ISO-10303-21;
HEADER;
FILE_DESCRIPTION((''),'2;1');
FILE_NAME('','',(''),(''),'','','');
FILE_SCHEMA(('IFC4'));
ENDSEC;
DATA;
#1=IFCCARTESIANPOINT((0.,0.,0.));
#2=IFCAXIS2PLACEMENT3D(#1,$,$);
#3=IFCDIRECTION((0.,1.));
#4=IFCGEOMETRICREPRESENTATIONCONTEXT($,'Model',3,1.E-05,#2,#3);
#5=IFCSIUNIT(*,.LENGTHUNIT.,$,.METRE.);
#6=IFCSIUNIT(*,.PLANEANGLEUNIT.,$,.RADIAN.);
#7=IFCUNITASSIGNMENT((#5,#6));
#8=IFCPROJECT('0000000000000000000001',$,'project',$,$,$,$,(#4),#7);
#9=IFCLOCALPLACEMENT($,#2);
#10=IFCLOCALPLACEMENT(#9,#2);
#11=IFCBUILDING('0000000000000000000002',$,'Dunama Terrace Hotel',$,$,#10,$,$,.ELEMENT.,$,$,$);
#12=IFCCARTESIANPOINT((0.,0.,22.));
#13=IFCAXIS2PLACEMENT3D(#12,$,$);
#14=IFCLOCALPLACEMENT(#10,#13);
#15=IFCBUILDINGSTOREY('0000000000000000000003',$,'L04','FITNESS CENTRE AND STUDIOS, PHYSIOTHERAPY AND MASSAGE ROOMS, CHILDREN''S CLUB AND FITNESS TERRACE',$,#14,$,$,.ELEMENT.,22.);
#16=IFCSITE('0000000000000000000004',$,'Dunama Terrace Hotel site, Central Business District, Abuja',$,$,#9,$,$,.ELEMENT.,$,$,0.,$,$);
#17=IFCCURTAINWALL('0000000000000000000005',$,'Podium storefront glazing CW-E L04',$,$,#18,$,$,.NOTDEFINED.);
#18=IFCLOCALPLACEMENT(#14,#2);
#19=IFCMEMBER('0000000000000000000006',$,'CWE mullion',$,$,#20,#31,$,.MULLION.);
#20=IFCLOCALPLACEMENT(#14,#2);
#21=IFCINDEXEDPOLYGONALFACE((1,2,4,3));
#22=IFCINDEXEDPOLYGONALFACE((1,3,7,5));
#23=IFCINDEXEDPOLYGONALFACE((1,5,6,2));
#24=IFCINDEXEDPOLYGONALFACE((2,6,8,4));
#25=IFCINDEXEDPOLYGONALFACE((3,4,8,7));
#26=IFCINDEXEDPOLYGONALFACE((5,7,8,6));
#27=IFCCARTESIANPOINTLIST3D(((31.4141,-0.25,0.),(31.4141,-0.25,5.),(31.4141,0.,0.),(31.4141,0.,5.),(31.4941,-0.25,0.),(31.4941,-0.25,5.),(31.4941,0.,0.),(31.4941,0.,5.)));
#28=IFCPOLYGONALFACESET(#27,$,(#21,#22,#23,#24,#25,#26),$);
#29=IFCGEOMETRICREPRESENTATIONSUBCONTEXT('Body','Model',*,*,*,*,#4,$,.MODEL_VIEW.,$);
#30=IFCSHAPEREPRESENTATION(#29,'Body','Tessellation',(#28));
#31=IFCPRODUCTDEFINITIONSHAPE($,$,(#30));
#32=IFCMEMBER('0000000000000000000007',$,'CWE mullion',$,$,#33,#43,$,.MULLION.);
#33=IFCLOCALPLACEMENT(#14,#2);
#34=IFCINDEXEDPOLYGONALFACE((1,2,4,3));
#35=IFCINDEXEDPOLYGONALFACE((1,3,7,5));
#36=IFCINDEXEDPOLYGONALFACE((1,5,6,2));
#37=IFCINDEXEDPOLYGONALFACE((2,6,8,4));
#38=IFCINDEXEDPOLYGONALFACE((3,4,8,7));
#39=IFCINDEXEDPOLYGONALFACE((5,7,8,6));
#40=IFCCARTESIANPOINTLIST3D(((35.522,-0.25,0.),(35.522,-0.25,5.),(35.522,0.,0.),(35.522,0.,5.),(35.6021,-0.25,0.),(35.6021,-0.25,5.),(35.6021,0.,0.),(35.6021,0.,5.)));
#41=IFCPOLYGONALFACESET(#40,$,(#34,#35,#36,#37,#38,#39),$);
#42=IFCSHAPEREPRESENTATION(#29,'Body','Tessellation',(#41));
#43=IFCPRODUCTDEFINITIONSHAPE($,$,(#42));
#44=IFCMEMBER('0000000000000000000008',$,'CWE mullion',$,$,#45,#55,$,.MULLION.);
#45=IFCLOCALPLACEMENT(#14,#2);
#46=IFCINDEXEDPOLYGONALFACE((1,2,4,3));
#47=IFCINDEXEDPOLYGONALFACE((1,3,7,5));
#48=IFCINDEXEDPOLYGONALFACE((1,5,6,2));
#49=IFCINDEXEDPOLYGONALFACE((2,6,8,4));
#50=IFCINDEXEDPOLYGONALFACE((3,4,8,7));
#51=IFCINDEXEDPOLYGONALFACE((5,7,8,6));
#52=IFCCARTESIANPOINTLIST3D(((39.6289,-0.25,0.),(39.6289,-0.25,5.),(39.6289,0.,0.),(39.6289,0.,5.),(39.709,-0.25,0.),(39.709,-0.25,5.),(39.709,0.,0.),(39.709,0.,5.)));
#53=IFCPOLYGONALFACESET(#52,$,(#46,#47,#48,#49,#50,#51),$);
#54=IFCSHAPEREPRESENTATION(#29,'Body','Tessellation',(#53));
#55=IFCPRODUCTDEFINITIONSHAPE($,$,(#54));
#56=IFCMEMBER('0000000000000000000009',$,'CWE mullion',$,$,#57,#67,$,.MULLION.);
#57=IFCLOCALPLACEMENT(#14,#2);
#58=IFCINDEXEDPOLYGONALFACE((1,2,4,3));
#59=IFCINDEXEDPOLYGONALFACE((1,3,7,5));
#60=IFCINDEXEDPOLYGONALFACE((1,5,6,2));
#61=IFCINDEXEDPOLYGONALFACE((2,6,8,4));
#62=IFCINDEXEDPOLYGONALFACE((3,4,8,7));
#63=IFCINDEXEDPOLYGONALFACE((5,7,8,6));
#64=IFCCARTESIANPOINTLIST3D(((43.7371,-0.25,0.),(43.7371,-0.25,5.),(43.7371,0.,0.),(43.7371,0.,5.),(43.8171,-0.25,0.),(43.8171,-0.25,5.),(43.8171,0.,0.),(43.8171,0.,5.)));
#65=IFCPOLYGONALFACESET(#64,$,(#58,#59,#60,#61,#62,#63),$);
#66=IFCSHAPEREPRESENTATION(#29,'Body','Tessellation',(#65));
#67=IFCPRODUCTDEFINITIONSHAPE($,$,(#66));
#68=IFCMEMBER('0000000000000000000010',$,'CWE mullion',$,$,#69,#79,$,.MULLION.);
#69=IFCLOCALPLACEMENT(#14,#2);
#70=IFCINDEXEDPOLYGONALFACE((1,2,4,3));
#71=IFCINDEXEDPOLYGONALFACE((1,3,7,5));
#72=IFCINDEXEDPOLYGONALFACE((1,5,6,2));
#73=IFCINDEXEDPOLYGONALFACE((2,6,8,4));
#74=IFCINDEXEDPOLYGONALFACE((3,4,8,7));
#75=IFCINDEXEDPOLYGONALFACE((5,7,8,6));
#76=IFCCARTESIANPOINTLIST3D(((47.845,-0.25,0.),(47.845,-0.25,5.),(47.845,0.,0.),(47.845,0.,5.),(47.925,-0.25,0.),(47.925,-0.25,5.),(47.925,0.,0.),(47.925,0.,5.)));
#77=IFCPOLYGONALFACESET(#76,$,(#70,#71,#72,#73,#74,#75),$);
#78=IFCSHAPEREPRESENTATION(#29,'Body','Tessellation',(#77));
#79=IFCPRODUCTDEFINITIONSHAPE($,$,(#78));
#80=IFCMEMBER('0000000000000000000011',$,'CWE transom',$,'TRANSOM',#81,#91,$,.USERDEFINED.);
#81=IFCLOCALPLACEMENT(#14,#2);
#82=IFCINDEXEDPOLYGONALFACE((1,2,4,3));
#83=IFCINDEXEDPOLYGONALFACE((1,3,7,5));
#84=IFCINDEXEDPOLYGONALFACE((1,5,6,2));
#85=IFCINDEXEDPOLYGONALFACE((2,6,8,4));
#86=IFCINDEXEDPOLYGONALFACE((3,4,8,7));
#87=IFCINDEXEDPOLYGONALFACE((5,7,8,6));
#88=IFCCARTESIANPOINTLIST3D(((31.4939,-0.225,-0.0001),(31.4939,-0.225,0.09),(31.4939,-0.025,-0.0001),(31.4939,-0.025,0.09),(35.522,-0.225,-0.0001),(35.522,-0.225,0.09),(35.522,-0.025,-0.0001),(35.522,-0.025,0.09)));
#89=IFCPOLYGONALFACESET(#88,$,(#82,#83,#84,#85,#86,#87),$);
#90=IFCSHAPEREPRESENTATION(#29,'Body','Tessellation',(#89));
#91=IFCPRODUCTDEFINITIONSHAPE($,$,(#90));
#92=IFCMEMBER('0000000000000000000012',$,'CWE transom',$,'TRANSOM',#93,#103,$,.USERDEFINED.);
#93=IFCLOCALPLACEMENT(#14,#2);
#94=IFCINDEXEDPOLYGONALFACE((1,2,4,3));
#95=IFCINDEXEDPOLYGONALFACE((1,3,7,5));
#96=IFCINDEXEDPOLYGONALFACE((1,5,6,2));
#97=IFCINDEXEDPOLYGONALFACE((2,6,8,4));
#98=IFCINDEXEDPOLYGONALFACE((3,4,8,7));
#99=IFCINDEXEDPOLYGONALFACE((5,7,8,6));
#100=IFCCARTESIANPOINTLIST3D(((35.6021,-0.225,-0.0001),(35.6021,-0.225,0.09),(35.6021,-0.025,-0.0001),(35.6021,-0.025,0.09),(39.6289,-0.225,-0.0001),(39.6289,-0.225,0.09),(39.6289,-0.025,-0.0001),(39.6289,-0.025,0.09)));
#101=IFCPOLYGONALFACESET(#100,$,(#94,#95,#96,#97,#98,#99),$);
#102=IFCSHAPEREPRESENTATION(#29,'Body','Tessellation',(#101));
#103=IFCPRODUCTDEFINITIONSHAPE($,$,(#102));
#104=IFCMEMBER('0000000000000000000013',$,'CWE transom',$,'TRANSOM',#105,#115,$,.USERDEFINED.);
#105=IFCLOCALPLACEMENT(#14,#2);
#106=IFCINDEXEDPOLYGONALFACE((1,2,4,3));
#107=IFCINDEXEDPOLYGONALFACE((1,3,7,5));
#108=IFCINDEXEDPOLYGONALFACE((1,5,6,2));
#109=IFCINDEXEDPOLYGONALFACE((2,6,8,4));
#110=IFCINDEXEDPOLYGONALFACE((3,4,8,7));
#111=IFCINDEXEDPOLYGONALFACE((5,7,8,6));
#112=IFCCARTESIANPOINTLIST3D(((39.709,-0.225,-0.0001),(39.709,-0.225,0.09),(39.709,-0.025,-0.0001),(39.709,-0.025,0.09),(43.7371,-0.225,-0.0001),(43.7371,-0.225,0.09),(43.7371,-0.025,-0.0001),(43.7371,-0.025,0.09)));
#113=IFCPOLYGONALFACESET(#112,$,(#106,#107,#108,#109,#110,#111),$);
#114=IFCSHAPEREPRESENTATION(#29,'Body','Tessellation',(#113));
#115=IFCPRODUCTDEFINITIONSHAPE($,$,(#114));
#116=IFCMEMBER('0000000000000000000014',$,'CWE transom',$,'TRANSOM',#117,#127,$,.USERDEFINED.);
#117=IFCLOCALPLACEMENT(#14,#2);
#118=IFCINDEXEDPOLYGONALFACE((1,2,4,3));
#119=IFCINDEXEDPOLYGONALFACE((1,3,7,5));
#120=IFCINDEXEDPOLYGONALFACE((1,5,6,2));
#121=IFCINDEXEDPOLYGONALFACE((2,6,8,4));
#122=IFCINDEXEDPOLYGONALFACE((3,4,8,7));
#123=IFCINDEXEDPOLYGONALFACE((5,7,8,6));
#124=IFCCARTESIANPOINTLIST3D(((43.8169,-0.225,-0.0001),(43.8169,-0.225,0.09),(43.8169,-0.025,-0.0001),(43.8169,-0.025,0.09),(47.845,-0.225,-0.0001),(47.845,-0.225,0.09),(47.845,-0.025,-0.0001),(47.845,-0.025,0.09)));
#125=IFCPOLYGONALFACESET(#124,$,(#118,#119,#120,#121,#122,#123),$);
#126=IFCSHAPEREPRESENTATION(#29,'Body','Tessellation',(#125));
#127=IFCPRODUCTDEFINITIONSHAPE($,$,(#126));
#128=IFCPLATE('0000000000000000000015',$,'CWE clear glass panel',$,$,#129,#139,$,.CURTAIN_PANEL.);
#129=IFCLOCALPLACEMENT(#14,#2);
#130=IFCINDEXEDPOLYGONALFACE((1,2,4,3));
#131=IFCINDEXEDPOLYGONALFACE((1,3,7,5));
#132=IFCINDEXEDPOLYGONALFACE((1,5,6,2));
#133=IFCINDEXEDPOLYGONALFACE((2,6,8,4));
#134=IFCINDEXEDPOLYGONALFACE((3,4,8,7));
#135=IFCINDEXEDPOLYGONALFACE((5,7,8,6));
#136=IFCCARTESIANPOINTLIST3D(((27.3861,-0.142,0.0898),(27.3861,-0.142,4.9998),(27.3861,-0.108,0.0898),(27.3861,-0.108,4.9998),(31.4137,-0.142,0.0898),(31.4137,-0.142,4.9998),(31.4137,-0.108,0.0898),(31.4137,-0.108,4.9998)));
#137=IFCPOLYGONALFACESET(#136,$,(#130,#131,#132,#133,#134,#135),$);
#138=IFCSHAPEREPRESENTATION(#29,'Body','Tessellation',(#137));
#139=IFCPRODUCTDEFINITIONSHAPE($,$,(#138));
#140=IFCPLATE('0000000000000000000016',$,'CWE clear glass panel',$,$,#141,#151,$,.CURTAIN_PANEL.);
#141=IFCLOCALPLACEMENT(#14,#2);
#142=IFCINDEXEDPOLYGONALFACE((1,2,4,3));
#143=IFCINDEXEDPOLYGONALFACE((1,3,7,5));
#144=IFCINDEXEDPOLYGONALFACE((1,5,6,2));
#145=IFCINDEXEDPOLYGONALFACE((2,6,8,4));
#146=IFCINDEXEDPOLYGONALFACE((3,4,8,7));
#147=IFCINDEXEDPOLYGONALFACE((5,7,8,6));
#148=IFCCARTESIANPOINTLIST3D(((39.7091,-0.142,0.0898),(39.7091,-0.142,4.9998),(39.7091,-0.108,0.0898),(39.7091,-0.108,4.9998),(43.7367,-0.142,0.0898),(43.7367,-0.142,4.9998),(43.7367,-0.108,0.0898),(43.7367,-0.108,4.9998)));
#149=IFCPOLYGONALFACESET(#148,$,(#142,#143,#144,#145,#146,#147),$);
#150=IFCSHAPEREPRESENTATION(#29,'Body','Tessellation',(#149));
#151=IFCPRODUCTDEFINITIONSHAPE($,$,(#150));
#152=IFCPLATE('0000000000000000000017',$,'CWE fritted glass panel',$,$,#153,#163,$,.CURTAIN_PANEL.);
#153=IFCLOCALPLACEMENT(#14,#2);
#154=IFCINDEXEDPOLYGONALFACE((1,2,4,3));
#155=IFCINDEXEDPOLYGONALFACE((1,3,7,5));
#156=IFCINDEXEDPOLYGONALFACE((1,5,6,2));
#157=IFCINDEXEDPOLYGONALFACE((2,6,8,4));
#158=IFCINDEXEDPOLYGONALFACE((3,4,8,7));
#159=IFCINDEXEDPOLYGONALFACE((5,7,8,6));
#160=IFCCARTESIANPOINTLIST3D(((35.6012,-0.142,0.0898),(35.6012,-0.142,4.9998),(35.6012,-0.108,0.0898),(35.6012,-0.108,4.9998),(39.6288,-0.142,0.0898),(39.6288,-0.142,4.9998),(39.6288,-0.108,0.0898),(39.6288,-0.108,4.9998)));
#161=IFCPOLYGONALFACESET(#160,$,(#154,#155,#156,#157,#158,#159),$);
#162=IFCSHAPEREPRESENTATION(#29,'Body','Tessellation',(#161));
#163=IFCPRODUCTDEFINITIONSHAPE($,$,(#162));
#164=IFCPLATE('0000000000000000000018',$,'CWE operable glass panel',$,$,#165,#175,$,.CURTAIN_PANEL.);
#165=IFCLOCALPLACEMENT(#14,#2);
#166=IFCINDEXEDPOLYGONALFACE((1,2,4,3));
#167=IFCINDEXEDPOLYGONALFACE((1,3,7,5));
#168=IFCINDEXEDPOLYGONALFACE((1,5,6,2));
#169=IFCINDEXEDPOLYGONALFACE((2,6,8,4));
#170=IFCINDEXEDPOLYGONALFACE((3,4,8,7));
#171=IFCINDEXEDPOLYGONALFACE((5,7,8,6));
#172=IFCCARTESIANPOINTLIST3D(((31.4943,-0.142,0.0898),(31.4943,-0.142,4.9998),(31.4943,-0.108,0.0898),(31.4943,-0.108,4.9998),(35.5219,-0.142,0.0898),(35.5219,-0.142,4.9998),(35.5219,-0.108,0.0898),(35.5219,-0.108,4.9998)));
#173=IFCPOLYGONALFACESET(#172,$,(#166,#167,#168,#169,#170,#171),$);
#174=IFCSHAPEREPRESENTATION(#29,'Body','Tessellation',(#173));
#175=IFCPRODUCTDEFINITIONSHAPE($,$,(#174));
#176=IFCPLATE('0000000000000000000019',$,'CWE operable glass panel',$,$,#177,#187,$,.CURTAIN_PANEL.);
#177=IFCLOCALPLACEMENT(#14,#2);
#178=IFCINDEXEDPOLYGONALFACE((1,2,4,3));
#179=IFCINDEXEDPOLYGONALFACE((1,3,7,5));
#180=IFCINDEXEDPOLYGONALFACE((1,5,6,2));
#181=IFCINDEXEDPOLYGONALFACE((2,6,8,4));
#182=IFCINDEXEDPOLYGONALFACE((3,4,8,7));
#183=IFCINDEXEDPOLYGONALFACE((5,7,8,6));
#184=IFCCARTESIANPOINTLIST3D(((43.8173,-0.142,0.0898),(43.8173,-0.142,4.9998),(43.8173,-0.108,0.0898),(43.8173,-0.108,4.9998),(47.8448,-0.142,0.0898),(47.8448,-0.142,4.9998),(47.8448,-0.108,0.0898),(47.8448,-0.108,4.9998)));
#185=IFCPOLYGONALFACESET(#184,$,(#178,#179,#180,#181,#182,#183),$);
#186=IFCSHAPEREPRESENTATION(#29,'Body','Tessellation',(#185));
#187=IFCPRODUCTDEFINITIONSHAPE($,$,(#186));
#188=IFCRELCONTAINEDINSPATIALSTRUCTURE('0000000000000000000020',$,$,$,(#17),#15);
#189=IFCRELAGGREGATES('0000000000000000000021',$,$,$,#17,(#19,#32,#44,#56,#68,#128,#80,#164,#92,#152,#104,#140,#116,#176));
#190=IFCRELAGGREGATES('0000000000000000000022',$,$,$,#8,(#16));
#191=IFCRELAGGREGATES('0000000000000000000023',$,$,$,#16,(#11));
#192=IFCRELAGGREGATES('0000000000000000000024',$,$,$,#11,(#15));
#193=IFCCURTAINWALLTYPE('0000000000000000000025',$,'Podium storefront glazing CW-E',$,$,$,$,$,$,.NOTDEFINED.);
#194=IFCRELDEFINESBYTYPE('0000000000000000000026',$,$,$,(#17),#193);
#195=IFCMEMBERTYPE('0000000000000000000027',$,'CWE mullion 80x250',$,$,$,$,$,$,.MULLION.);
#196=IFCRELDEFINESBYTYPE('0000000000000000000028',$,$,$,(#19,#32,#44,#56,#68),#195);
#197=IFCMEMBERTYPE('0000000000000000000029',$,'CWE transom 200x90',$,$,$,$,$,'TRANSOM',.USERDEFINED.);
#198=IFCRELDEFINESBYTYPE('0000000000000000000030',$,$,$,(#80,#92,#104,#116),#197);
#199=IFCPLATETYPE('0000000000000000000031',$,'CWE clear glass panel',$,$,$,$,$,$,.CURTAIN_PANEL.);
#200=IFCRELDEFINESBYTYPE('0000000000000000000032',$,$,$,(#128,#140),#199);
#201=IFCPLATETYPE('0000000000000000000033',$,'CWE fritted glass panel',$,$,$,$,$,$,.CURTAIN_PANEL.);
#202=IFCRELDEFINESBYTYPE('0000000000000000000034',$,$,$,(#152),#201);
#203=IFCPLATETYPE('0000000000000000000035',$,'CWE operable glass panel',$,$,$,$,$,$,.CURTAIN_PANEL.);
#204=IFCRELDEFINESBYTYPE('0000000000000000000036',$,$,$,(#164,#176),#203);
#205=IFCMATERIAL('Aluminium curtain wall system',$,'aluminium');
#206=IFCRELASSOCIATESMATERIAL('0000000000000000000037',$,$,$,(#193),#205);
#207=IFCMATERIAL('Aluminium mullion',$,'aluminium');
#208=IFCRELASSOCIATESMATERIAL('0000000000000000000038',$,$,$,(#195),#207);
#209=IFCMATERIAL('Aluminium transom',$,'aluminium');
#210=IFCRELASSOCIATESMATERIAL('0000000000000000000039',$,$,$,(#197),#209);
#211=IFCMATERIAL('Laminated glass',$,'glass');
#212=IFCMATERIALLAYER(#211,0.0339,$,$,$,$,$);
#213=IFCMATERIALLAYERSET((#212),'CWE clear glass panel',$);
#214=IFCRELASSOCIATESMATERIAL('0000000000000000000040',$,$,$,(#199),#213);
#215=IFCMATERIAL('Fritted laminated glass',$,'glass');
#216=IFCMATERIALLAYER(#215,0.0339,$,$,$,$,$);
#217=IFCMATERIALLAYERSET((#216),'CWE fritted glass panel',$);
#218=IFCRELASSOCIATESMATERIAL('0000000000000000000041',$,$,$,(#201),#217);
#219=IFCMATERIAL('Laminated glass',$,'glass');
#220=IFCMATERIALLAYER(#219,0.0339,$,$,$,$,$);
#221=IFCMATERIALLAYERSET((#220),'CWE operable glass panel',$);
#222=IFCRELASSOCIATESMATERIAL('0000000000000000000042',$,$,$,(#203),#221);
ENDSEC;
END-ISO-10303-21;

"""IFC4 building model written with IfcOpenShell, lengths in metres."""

from ifc_helpers import new_model, si_unit, direction, frame, origin, origin_2d, place, context, subcontext, project, spatial, rectangle, extrude, material, layer, layer_set, material_profile, profile_set, type_object, element, aggregate, save


model = new_model("IFC4")

# Units and contexts
model_context = context("Model", 3, precision=1e-05, world=origin(), true_north=direction((0.0, 1.0)))
body_context = subcontext(model_context, "Body", "Model", "MODEL_VIEW")
ifc_project = project(units=[si_unit("LENGTHUNIT", "METRE"), si_unit("PLANEANGLEUNIT", "RADIAN")], contexts=[model_context])

# Site, building, storey
site_placement = place(None, origin())
site = spatial("IfcSite", under=ifc_project, at=site_placement, Name="Dunama Terrace Hotel site, Central Business District, Abuja", CompositionType="ELEMENT", RefElevation=0.0)
building_placement = place(site_placement, origin())
building = spatial("IfcBuilding", under=site, at=building_placement, Name="Dunama Terrace Hotel", CompositionType="ELEMENT")
storey_placement = place(building_placement, frame((0.0, 0.0, 22.0)))
storey = spatial("IfcBuildingStorey", under=building, at=storey_placement, Name="L04", Description="FITNESS CENTRE AND STUDIOS, PHYSIOTHERAPY AND MASSAGE ROOMS, CHILDREN'S CLUB AND FITNESS TERRACE", CompositionType="ELEMENT", Elevation=22.0)

# Curtain wall, members, plates
ifc_material_1 = material(Name="Aluminium curtain wall system", Category="aluminium")
curtain_wall_type = type_object("IfcCurtainWallType", Name="Podium storefront glazing CW-E", PredefinedType="NOTDEFINED", material=ifc_material_1)
curtain_wall_placement = place(storey_placement, origin())
curtain_wall = element("IfcCurtainWall", 1, at=curtain_wall_placement, inside=storey, type_object=curtain_wall_type, Name="Podium storefront glazing CW-E L04", PredefinedType="NOTDEFINED")
ifc_material_2 = material(Name="Aluminium mullion", Category="aluminium")
ifc_material_profile_1 = material_profile(ifc_material_2, rectangle(XDim=0.0801, YDim=0.25, at=origin_2d()), Name="CWE MULLION 80X250")
ifc_profile_set_1 = profile_set([ifc_material_profile_1], Name="Aluminium mullion")
member_type_1 = type_object("IfcMemberType", Name="CWE mullion 80x250", PredefinedType="MULLION", material=ifc_profile_set_1)
member_1_placement = place(storey_placement, frame((31.4541, -0.125, 0.0), z_axis=(0.0, 0.0, 1.0), x_axis=(1.0, 0.0, 0.0)))
member_1 = element("IfcMember", 2, at=member_1_placement, type_object=member_type_1, Name="CWE mullion", PredefinedType="MULLION", context=body_context, shape_type="SweptSolid", body=[
    extrude(rectangle(XDim=0.0801, YDim=0.25, at=origin_2d()), origin(), (0.0, 0.0, 1.0), 5.0),
])
member_2_placement = place(storey_placement, frame((35.562, -0.125, 0.0), z_axis=(0.0, 0.0, 1.0), x_axis=(1.0, 0.0, 0.0)))
member_2 = element("IfcMember", 3, at=member_2_placement, type_object=member_type_1, Name="CWE mullion", PredefinedType="MULLION", context=body_context, shape_type="SweptSolid", body=[
    extrude(rectangle(XDim=0.0801, YDim=0.25, at=origin_2d()), origin(), (0.0, 0.0, 1.0), 5.0),
])
member_3_placement = place(storey_placement, frame((39.6689, -0.125, 0.0), z_axis=(0.0, 0.0, 1.0), x_axis=(1.0, 0.0, 0.0)))
member_3 = element("IfcMember", 4, at=member_3_placement, type_object=member_type_1, Name="CWE mullion", PredefinedType="MULLION", context=body_context, shape_type="SweptSolid", body=[
    extrude(rectangle(XDim=0.0801, YDim=0.25, at=origin_2d()), origin(), (0.0, 0.0, 1.0), 5.0),
])
member_4_placement = place(storey_placement, frame((43.7771, -0.125, 0.0), z_axis=(0.0, 0.0, 1.0), x_axis=(1.0, 0.0, 0.0)))
member_4 = element("IfcMember", 5, at=member_4_placement, type_object=member_type_1, Name="CWE mullion", PredefinedType="MULLION", context=body_context, shape_type="SweptSolid", body=[
    extrude(rectangle(XDim=0.0801, YDim=0.25, at=origin_2d()), origin(), (0.0, 0.0, 1.0), 5.0),
])
member_5_placement = place(storey_placement, frame((47.885, -0.125, 0.0), z_axis=(0.0, 0.0, 1.0), x_axis=(1.0, 0.0, 0.0)))
member_5 = element("IfcMember", 6, at=member_5_placement, type_object=member_type_1, Name="CWE mullion", PredefinedType="MULLION", context=body_context, shape_type="SweptSolid", body=[
    extrude(rectangle(XDim=0.0801, YDim=0.25, at=origin_2d()), origin(), (0.0, 0.0, 1.0), 5.0),
])
ifc_material_3 = material(Name="Aluminium transom", Category="aluminium")
ifc_material_profile_2 = material_profile(ifc_material_3, rectangle(XDim=0.2, YDim=0.0901, at=origin_2d()), Name="CWE TRANSOM 200X90")
ifc_profile_set_2 = profile_set([ifc_material_profile_2], Name="Aluminium transom")
member_type_2 = type_object("IfcMemberType", Name="CWE transom 200x90", ElementType="TRANSOM", PredefinedType="USERDEFINED", material=ifc_profile_set_2)
member_6_placement = place(storey_placement, frame((31.4939, -0.125, 0.0449), z_axis=(1.0, 0.0, 0.0), x_axis=(0.0, 1.0, 0.0)))
member_6 = element("IfcMember", 7, at=member_6_placement, type_object=member_type_2, Name="CWE transom", ObjectType="TRANSOM", PredefinedType="USERDEFINED", context=body_context, shape_type="SweptSolid", body=[
    extrude(rectangle(XDim=0.2, YDim=0.0901, at=origin_2d()), origin(), (0.0, 0.0, 1.0), 4.0281),
])
member_7_placement = place(storey_placement, frame((35.6021, -0.125, 0.0449), z_axis=(1.0, 0.0, 0.0), x_axis=(0.0, 1.0, 0.0)))
member_7 = element("IfcMember", 8, at=member_7_placement, type_object=member_type_2, Name="CWE transom", ObjectType="TRANSOM", PredefinedType="USERDEFINED", context=body_context, shape_type="SweptSolid", body=[
    extrude(rectangle(XDim=0.2, YDim=0.0901, at=origin_2d()), origin(), (0.0, 0.0, 1.0), 4.0269),
])
member_8_placement = place(storey_placement, frame((39.709, -0.125, 0.0449), z_axis=(1.0, 0.0, 0.0), x_axis=(0.0, 1.0, 0.0)))
member_8 = element("IfcMember", 9, at=member_8_placement, type_object=member_type_2, Name="CWE transom", ObjectType="TRANSOM", PredefinedType="USERDEFINED", context=body_context, shape_type="SweptSolid", body=[
    extrude(rectangle(XDim=0.2, YDim=0.0901, at=origin_2d()), origin(), (0.0, 0.0, 1.0), 4.0281),
])
member_9_placement = place(storey_placement, frame((43.8169, -0.125, 0.0449), z_axis=(1.0, 0.0, 0.0), x_axis=(0.0, 1.0, 0.0)))
member_9 = element("IfcMember", 10, at=member_9_placement, type_object=member_type_2, Name="CWE transom", ObjectType="TRANSOM", PredefinedType="USERDEFINED", context=body_context, shape_type="SweptSolid", body=[
    extrude(rectangle(XDim=0.2, YDim=0.0901, at=origin_2d()), origin(), (0.0, 0.0, 1.0), 4.0281),
])
ifc_material_4 = material(Name="Laminated glass", Category="glass")
ifc_layer_1 = layer(ifc_material_4, 0.0339)
ifc_layer_set_1 = layer_set([ifc_layer_1], Name="CWE clear glass panel")
plate_type_1 = type_object("IfcPlateType", Name="CWE clear glass panel", PredefinedType="CURTAIN_PANEL", material=ifc_layer_set_1)
plate_1_placement = place(storey_placement, frame((29.3999, -0.125, 0.0898), z_axis=(0.0, 0.0, 1.0), x_axis=(1.0, 0.0, 0.0)))
plate_1 = element("IfcPlate", 11, at=plate_1_placement, type_object=plate_type_1, Name="CWE clear glass panel", PredefinedType="CURTAIN_PANEL", context=body_context, shape_type="SweptSolid", body=[
    extrude(rectangle(XDim=4.0276, YDim=0.0339, at=origin_2d()), origin(), (0.0, 0.0, 1.0), 4.9099),
])
plate_2_placement = place(storey_placement, frame((41.7229, -0.125, 0.0898), z_axis=(0.0, 0.0, 1.0), x_axis=(1.0, 0.0, 0.0)))
plate_2 = element("IfcPlate", 12, at=plate_2_placement, type_object=plate_type_1, Name="CWE clear glass panel", PredefinedType="CURTAIN_PANEL", context=body_context, shape_type="SweptSolid", body=[
    extrude(rectangle(XDim=4.0276, YDim=0.0339, at=origin_2d()), origin(), (0.0, 0.0, 1.0), 4.9099),
])
ifc_material_5 = material(Name="Fritted laminated glass", Category="glass")
ifc_layer_2 = layer(ifc_material_5, 0.0339)
ifc_layer_set_2 = layer_set([ifc_layer_2], Name="CWE fritted glass panel")
plate_type_2 = type_object("IfcPlateType", Name="CWE fritted glass panel", PredefinedType="CURTAIN_PANEL", material=ifc_layer_set_2)
plate_3_placement = place(storey_placement, frame((37.615, -0.125, 0.0898), z_axis=(0.0, 0.0, 1.0), x_axis=(1.0, 0.0, 0.0)))
plate_3 = element("IfcPlate", 13, at=plate_3_placement, type_object=plate_type_2, Name="CWE fritted glass panel", PredefinedType="CURTAIN_PANEL", context=body_context, shape_type="SweptSolid", body=[
    extrude(rectangle(XDim=4.0276, YDim=0.0339, at=origin_2d()), origin(), (0.0, 0.0, 1.0), 4.9099),
])
ifc_material_6 = material(Name="Laminated glass", Category="glass")
ifc_layer_3 = layer(ifc_material_6, 0.0339)
ifc_layer_set_3 = layer_set([ifc_layer_3], Name="CWE operable glass panel")
plate_type_3 = type_object("IfcPlateType", Name="CWE operable glass panel", PredefinedType="CURTAIN_PANEL", material=ifc_layer_set_3)
plate_4_placement = place(storey_placement, frame((33.5081, -0.125, 0.0898), z_axis=(0.0, 0.0, 1.0), x_axis=(1.0, 0.0, 0.0)))
plate_4 = element("IfcPlate", 14, at=plate_4_placement, type_object=plate_type_3, Name="CWE operable glass panel", PredefinedType="CURTAIN_PANEL", context=body_context, shape_type="SweptSolid", body=[
    extrude(rectangle(XDim=4.0276, YDim=0.0339, at=origin_2d()), origin(), (0.0, 0.0, 1.0), 4.9099),
])
plate_5_placement = place(storey_placement, frame((45.8311, -0.125, 0.0898), z_axis=(0.0, 0.0, 1.0), x_axis=(1.0, 0.0, 0.0)))
plate_5 = element("IfcPlate", 15, at=plate_5_placement, type_object=plate_type_3, Name="CWE operable glass panel", PredefinedType="CURTAIN_PANEL", context=body_context, shape_type="SweptSolid", body=[
    extrude(rectangle(XDim=4.0276, YDim=0.0339, at=origin_2d()), origin(), (0.0, 0.0, 1.0), 4.9099),
])
aggregate(curtain_wall, [member_1, member_2, member_3, member_4, member_5, plate_1, member_6, plate_4, member_7, plate_3, member_8, plate_2, member_9, plate_5])

save(model, "model.ifc")
